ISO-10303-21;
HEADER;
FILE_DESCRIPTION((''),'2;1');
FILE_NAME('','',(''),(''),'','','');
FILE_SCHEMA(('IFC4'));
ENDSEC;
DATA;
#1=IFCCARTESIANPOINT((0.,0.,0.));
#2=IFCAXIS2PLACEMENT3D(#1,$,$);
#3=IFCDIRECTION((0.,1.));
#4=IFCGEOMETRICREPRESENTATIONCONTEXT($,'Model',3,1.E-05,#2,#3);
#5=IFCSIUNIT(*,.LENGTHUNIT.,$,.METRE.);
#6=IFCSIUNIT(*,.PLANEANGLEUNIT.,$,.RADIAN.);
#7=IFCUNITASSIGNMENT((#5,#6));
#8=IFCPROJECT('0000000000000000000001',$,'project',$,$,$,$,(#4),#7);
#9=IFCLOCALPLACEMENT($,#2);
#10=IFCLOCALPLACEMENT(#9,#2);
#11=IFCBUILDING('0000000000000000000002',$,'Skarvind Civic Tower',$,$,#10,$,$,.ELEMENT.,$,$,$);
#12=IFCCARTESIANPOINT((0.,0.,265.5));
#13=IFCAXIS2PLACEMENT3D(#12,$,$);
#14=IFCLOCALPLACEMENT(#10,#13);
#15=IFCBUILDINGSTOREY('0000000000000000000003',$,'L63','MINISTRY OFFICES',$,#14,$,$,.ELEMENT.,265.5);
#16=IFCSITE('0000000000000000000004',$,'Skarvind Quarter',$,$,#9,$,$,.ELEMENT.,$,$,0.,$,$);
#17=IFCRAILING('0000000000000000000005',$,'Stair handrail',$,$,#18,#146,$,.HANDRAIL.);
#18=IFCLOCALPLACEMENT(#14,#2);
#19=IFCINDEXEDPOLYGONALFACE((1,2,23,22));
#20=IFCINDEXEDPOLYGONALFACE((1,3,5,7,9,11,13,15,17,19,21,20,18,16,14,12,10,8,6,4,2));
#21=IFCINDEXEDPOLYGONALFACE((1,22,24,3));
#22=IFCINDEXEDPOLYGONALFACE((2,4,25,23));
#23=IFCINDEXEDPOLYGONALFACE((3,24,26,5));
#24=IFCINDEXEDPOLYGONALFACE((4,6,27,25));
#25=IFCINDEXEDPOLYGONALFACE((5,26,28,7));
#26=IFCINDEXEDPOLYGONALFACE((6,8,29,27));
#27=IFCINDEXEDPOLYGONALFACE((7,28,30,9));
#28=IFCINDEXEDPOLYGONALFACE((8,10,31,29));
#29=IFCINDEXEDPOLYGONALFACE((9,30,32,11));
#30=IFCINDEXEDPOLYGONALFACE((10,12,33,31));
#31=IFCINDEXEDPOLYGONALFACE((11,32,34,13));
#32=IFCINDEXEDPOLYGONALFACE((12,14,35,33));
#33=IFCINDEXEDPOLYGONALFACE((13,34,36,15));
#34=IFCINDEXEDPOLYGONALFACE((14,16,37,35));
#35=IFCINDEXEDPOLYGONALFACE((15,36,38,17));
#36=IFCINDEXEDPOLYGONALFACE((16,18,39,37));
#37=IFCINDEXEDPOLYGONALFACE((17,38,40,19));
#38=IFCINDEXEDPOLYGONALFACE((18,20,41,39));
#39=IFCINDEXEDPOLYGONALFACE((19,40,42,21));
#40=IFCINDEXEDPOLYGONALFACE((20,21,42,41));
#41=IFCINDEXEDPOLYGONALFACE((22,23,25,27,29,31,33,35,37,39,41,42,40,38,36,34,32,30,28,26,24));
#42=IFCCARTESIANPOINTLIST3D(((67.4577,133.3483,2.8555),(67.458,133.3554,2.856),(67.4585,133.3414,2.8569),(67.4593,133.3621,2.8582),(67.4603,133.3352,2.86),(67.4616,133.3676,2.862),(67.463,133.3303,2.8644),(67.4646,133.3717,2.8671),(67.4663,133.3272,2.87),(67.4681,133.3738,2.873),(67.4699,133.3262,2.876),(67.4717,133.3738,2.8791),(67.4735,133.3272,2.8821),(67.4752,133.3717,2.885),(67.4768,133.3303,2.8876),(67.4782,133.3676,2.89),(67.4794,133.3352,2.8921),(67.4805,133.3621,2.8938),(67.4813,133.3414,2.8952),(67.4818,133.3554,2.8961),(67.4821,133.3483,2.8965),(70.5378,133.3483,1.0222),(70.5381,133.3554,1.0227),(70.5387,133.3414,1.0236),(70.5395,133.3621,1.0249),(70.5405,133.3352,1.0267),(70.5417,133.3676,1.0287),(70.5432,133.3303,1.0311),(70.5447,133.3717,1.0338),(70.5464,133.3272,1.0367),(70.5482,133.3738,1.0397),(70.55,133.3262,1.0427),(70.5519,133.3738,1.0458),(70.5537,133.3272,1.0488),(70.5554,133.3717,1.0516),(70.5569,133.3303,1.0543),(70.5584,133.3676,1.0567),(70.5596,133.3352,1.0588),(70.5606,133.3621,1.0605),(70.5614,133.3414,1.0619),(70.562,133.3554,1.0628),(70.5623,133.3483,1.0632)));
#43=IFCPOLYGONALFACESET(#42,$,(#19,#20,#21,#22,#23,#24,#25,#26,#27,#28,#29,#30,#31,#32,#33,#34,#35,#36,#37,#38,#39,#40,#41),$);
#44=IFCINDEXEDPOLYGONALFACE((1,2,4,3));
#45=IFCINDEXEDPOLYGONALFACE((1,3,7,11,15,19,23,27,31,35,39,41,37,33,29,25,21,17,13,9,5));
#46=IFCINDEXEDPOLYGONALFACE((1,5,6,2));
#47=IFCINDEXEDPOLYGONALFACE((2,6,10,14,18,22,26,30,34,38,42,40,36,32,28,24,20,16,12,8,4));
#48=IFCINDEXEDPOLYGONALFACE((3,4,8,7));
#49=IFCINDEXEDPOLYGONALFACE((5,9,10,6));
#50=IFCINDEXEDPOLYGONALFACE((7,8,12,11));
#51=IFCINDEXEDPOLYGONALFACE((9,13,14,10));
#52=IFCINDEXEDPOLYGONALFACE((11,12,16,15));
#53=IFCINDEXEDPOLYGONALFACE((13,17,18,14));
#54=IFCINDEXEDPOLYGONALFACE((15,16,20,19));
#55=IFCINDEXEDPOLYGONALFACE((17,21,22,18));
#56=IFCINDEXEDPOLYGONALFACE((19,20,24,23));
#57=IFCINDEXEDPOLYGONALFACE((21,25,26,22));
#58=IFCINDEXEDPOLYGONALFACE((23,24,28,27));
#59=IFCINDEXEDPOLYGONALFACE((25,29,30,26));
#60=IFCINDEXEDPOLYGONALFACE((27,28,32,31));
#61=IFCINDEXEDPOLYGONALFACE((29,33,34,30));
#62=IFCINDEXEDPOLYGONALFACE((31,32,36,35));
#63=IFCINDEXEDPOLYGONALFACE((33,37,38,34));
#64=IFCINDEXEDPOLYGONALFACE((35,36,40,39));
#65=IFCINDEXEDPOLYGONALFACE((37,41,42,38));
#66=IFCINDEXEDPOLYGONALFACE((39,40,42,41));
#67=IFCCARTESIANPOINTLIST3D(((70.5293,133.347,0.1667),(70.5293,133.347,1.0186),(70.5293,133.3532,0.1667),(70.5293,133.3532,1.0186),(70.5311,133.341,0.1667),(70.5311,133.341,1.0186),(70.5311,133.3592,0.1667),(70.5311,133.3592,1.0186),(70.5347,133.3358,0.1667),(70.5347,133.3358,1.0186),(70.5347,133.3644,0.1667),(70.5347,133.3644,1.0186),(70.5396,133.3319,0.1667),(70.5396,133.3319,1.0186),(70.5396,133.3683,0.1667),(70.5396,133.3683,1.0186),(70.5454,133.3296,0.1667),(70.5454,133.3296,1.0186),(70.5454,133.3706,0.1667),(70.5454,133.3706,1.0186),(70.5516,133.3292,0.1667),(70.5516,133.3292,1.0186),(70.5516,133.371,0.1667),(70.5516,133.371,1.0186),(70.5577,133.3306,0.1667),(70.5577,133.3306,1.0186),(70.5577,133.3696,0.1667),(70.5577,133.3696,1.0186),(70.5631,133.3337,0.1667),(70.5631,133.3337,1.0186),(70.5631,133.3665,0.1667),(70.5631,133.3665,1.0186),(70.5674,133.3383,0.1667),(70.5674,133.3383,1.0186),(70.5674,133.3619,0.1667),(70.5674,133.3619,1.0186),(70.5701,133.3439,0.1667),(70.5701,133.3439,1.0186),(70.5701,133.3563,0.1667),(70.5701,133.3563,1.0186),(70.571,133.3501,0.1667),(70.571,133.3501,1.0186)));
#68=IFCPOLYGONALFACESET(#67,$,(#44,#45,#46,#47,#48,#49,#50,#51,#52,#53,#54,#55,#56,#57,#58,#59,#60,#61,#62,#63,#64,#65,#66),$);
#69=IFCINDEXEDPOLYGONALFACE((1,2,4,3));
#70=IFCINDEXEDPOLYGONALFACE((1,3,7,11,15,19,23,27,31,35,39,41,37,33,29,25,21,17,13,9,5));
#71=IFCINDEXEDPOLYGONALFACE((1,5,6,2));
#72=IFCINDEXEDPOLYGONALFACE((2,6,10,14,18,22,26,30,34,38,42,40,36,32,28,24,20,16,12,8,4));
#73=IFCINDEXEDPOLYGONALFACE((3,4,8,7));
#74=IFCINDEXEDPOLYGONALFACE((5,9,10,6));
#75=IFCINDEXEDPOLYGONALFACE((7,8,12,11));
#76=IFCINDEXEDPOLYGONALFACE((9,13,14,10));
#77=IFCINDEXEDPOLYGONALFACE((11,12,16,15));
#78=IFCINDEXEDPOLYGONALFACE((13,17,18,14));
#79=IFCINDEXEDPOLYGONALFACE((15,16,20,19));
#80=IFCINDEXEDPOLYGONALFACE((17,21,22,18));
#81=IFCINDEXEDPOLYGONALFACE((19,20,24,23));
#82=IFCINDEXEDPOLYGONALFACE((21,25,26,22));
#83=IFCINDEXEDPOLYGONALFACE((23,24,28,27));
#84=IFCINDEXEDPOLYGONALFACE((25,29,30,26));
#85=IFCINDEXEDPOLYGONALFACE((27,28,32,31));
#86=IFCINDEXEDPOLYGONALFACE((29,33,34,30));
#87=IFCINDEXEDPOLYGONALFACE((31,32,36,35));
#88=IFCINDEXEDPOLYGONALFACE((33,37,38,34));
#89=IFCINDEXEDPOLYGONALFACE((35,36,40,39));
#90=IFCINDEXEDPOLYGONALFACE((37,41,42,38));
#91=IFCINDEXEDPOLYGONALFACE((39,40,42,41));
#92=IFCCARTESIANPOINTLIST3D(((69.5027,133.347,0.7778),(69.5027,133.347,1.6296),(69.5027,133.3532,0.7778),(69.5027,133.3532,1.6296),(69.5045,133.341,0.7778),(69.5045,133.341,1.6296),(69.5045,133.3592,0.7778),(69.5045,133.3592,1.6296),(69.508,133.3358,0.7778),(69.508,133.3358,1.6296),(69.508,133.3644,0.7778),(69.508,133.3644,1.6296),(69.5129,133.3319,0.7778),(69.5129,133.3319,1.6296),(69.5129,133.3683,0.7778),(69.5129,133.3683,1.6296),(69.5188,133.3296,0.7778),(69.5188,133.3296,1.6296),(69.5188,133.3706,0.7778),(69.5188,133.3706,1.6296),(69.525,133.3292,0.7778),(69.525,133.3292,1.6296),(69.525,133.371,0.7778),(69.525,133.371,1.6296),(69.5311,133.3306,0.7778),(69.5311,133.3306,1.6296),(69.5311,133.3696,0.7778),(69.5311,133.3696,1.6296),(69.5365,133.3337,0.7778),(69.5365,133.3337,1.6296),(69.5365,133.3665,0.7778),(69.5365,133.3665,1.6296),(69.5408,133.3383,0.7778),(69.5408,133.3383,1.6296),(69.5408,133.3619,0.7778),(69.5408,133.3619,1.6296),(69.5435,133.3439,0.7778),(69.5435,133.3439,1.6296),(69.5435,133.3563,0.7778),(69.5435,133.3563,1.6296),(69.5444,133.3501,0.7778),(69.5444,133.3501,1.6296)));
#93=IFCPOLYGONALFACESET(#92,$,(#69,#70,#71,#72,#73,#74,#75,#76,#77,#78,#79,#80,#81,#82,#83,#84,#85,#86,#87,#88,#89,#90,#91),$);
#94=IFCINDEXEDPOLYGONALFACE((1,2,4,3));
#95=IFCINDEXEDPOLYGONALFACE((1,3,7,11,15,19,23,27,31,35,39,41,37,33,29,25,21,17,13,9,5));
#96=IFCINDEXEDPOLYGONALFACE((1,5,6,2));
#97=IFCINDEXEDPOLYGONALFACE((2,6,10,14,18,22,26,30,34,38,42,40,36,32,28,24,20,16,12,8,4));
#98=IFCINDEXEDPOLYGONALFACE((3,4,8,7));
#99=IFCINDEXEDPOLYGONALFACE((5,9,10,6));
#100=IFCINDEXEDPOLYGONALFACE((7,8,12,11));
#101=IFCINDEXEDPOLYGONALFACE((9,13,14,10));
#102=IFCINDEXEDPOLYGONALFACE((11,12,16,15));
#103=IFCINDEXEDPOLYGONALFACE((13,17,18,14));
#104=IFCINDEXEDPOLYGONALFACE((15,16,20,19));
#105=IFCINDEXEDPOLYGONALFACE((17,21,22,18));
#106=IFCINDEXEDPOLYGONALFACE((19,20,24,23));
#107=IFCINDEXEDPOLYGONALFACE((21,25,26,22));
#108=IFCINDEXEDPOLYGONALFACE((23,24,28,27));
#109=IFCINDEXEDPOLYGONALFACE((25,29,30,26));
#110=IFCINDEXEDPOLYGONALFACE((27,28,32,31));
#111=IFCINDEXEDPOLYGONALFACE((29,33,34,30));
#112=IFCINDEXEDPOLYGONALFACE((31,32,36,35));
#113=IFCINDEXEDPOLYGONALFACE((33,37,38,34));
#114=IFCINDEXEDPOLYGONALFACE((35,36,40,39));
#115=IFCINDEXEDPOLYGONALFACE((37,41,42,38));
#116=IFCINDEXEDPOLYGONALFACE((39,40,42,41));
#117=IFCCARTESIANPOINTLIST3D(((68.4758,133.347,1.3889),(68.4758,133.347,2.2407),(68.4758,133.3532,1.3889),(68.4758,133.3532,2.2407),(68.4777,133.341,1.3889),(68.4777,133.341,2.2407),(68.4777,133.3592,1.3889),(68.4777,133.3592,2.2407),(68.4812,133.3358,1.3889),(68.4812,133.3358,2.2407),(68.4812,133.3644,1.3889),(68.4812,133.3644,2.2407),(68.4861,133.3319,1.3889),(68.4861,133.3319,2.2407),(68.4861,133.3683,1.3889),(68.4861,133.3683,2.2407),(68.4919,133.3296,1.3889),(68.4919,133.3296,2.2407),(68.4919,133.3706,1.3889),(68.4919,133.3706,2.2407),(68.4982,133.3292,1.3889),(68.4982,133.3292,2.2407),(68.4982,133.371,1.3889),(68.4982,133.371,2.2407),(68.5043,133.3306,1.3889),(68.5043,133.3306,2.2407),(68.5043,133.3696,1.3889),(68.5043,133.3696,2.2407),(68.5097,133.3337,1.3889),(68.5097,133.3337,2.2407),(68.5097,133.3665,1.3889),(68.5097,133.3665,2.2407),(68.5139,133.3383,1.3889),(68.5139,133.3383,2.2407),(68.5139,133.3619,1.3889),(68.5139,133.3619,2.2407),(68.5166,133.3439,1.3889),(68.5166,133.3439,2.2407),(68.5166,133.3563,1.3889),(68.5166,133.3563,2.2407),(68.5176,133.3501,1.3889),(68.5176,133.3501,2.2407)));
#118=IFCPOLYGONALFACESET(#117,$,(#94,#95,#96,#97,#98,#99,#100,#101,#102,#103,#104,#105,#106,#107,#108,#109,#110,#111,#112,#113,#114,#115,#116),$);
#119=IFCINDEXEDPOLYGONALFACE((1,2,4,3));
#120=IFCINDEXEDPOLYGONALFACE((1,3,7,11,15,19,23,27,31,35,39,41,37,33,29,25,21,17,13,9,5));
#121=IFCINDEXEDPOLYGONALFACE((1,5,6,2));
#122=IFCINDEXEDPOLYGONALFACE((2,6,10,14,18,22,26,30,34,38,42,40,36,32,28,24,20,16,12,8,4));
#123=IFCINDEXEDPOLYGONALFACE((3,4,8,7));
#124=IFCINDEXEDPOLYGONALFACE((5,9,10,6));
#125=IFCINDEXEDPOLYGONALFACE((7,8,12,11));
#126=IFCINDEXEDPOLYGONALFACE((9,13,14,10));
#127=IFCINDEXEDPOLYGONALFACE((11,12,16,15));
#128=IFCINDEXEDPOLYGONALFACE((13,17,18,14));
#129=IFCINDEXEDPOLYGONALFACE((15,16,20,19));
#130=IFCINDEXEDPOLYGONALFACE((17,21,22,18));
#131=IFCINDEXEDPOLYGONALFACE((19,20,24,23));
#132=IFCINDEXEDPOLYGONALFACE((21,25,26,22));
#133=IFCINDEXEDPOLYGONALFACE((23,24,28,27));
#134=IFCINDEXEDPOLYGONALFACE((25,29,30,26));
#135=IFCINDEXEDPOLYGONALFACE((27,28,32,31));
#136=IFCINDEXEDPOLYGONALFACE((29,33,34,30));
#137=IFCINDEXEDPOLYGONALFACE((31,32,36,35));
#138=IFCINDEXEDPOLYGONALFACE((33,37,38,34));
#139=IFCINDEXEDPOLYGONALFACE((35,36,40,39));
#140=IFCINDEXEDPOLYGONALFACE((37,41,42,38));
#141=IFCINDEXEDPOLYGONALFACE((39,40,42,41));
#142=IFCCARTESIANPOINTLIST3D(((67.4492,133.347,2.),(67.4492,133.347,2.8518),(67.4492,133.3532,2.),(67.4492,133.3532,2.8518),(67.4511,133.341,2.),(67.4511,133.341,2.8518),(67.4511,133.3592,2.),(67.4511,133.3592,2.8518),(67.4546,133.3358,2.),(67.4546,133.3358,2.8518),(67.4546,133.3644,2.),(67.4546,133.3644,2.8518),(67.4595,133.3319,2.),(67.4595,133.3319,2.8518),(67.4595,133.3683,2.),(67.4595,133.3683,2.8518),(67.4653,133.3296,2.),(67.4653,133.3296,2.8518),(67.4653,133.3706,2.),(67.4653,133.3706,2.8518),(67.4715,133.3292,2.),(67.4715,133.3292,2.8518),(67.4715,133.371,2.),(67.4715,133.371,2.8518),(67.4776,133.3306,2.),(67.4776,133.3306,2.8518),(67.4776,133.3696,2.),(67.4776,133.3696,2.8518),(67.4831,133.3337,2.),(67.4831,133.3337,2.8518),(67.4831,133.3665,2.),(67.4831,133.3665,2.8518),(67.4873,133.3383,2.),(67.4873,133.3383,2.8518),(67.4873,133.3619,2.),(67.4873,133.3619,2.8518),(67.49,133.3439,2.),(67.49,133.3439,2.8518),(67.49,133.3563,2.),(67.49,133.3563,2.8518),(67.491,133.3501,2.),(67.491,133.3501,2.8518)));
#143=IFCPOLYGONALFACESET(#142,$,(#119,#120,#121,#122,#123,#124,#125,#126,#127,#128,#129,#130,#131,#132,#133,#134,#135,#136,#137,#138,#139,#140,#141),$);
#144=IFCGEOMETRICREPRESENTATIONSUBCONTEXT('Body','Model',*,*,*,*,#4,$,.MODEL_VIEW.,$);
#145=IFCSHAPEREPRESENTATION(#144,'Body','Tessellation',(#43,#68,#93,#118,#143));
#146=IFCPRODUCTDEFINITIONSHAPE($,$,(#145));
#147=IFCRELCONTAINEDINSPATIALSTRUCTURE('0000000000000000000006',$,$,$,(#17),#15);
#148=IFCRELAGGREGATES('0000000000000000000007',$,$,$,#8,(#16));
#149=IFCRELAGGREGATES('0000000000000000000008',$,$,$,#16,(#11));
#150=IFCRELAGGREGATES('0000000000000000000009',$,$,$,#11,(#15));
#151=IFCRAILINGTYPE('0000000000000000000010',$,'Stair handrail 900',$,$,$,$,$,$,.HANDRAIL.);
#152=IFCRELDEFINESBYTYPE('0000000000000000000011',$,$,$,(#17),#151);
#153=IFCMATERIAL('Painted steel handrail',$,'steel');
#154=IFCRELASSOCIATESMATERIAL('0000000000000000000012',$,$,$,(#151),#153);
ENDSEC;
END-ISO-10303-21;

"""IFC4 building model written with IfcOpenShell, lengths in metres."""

from ifc_helpers import new_model, si_unit, direction, frame, origin, origin_2d, place, context, subcontext, project, spatial, circle, extrude, material, type_object, element, save


model = new_model("IFC4")

# Units and contexts
model_context = context("Model", 3, precision=1e-05, world=origin(), true_north=direction((0.0, 1.0)))
body_context = subcontext(model_context, "Body", "Model", "MODEL_VIEW")
ifc_project = project(units=[si_unit("LENGTHUNIT", "METRE"), si_unit("PLANEANGLEUNIT", "RADIAN")], contexts=[model_context])

# Site, building, storey
site_placement = place(None, origin())
site = spatial("IfcSite", under=ifc_project, at=site_placement, Name="Skarvind Quarter", CompositionType="ELEMENT", RefElevation=0.0)
building_placement = place(site_placement, origin())
building = spatial("IfcBuilding", under=site, at=building_placement, Name="Skarvind Civic Tower", CompositionType="ELEMENT")
storey_placement = place(building_placement, frame((0.0, 0.0, 265.5)))
storey = spatial("IfcBuildingStorey", under=building, at=storey_placement, Name="L63", Description="MINISTRY OFFICES", CompositionType="ELEMENT", Elevation=265.5)

# Railing
ifc_material_1 = material(Name="Painted steel handrail", Category="steel")
railing_type_1 = type_object("IfcRailingType", Name="Stair handrail 900", PredefinedType="HANDRAIL", material=ifc_material_1)
railing_1_placement = place(storey_placement, frame((70.55, 133.3501, 0.1667)))
element("IfcRailing", 1, at=railing_1_placement, inside=storey, type_object=railing_type_1, Name="Stair handrail", PredefinedType="HANDRAIL", context=body_context, shape_type="SweptSolid", body=[
    extrude(circle(Radius=0.0239, at=origin_2d()), frame((0.0, 0.0, 0.876), z_axis=(-0.859309, 0.0, 0.511458), x_axis=(0.0, -1.0, 0.0)), (0.0, 0.0, 1.0), 3.5845),
    extrude(circle(Radius=0.021, at=origin_2d()), origin(), (0.0, 0.0, 1.0), 0.8518),
    extrude(circle(Radius=0.021, at=origin_2d()), frame((-1.0266, 0.0, 0.6111)), (0.0, 0.0, 1.0), 0.8518),
    extrude(circle(Radius=0.021, at=origin_2d()), frame((-2.0535, 0.0, 1.2222)), (0.0, 0.0, 1.0), 0.8518),
    extrude(circle(Radius=0.021, at=origin_2d()), frame((-3.0801, 0.0, 1.8333)), (0.0, 0.0, 1.0), 0.8518),
])

save(model, "model.ifc")
